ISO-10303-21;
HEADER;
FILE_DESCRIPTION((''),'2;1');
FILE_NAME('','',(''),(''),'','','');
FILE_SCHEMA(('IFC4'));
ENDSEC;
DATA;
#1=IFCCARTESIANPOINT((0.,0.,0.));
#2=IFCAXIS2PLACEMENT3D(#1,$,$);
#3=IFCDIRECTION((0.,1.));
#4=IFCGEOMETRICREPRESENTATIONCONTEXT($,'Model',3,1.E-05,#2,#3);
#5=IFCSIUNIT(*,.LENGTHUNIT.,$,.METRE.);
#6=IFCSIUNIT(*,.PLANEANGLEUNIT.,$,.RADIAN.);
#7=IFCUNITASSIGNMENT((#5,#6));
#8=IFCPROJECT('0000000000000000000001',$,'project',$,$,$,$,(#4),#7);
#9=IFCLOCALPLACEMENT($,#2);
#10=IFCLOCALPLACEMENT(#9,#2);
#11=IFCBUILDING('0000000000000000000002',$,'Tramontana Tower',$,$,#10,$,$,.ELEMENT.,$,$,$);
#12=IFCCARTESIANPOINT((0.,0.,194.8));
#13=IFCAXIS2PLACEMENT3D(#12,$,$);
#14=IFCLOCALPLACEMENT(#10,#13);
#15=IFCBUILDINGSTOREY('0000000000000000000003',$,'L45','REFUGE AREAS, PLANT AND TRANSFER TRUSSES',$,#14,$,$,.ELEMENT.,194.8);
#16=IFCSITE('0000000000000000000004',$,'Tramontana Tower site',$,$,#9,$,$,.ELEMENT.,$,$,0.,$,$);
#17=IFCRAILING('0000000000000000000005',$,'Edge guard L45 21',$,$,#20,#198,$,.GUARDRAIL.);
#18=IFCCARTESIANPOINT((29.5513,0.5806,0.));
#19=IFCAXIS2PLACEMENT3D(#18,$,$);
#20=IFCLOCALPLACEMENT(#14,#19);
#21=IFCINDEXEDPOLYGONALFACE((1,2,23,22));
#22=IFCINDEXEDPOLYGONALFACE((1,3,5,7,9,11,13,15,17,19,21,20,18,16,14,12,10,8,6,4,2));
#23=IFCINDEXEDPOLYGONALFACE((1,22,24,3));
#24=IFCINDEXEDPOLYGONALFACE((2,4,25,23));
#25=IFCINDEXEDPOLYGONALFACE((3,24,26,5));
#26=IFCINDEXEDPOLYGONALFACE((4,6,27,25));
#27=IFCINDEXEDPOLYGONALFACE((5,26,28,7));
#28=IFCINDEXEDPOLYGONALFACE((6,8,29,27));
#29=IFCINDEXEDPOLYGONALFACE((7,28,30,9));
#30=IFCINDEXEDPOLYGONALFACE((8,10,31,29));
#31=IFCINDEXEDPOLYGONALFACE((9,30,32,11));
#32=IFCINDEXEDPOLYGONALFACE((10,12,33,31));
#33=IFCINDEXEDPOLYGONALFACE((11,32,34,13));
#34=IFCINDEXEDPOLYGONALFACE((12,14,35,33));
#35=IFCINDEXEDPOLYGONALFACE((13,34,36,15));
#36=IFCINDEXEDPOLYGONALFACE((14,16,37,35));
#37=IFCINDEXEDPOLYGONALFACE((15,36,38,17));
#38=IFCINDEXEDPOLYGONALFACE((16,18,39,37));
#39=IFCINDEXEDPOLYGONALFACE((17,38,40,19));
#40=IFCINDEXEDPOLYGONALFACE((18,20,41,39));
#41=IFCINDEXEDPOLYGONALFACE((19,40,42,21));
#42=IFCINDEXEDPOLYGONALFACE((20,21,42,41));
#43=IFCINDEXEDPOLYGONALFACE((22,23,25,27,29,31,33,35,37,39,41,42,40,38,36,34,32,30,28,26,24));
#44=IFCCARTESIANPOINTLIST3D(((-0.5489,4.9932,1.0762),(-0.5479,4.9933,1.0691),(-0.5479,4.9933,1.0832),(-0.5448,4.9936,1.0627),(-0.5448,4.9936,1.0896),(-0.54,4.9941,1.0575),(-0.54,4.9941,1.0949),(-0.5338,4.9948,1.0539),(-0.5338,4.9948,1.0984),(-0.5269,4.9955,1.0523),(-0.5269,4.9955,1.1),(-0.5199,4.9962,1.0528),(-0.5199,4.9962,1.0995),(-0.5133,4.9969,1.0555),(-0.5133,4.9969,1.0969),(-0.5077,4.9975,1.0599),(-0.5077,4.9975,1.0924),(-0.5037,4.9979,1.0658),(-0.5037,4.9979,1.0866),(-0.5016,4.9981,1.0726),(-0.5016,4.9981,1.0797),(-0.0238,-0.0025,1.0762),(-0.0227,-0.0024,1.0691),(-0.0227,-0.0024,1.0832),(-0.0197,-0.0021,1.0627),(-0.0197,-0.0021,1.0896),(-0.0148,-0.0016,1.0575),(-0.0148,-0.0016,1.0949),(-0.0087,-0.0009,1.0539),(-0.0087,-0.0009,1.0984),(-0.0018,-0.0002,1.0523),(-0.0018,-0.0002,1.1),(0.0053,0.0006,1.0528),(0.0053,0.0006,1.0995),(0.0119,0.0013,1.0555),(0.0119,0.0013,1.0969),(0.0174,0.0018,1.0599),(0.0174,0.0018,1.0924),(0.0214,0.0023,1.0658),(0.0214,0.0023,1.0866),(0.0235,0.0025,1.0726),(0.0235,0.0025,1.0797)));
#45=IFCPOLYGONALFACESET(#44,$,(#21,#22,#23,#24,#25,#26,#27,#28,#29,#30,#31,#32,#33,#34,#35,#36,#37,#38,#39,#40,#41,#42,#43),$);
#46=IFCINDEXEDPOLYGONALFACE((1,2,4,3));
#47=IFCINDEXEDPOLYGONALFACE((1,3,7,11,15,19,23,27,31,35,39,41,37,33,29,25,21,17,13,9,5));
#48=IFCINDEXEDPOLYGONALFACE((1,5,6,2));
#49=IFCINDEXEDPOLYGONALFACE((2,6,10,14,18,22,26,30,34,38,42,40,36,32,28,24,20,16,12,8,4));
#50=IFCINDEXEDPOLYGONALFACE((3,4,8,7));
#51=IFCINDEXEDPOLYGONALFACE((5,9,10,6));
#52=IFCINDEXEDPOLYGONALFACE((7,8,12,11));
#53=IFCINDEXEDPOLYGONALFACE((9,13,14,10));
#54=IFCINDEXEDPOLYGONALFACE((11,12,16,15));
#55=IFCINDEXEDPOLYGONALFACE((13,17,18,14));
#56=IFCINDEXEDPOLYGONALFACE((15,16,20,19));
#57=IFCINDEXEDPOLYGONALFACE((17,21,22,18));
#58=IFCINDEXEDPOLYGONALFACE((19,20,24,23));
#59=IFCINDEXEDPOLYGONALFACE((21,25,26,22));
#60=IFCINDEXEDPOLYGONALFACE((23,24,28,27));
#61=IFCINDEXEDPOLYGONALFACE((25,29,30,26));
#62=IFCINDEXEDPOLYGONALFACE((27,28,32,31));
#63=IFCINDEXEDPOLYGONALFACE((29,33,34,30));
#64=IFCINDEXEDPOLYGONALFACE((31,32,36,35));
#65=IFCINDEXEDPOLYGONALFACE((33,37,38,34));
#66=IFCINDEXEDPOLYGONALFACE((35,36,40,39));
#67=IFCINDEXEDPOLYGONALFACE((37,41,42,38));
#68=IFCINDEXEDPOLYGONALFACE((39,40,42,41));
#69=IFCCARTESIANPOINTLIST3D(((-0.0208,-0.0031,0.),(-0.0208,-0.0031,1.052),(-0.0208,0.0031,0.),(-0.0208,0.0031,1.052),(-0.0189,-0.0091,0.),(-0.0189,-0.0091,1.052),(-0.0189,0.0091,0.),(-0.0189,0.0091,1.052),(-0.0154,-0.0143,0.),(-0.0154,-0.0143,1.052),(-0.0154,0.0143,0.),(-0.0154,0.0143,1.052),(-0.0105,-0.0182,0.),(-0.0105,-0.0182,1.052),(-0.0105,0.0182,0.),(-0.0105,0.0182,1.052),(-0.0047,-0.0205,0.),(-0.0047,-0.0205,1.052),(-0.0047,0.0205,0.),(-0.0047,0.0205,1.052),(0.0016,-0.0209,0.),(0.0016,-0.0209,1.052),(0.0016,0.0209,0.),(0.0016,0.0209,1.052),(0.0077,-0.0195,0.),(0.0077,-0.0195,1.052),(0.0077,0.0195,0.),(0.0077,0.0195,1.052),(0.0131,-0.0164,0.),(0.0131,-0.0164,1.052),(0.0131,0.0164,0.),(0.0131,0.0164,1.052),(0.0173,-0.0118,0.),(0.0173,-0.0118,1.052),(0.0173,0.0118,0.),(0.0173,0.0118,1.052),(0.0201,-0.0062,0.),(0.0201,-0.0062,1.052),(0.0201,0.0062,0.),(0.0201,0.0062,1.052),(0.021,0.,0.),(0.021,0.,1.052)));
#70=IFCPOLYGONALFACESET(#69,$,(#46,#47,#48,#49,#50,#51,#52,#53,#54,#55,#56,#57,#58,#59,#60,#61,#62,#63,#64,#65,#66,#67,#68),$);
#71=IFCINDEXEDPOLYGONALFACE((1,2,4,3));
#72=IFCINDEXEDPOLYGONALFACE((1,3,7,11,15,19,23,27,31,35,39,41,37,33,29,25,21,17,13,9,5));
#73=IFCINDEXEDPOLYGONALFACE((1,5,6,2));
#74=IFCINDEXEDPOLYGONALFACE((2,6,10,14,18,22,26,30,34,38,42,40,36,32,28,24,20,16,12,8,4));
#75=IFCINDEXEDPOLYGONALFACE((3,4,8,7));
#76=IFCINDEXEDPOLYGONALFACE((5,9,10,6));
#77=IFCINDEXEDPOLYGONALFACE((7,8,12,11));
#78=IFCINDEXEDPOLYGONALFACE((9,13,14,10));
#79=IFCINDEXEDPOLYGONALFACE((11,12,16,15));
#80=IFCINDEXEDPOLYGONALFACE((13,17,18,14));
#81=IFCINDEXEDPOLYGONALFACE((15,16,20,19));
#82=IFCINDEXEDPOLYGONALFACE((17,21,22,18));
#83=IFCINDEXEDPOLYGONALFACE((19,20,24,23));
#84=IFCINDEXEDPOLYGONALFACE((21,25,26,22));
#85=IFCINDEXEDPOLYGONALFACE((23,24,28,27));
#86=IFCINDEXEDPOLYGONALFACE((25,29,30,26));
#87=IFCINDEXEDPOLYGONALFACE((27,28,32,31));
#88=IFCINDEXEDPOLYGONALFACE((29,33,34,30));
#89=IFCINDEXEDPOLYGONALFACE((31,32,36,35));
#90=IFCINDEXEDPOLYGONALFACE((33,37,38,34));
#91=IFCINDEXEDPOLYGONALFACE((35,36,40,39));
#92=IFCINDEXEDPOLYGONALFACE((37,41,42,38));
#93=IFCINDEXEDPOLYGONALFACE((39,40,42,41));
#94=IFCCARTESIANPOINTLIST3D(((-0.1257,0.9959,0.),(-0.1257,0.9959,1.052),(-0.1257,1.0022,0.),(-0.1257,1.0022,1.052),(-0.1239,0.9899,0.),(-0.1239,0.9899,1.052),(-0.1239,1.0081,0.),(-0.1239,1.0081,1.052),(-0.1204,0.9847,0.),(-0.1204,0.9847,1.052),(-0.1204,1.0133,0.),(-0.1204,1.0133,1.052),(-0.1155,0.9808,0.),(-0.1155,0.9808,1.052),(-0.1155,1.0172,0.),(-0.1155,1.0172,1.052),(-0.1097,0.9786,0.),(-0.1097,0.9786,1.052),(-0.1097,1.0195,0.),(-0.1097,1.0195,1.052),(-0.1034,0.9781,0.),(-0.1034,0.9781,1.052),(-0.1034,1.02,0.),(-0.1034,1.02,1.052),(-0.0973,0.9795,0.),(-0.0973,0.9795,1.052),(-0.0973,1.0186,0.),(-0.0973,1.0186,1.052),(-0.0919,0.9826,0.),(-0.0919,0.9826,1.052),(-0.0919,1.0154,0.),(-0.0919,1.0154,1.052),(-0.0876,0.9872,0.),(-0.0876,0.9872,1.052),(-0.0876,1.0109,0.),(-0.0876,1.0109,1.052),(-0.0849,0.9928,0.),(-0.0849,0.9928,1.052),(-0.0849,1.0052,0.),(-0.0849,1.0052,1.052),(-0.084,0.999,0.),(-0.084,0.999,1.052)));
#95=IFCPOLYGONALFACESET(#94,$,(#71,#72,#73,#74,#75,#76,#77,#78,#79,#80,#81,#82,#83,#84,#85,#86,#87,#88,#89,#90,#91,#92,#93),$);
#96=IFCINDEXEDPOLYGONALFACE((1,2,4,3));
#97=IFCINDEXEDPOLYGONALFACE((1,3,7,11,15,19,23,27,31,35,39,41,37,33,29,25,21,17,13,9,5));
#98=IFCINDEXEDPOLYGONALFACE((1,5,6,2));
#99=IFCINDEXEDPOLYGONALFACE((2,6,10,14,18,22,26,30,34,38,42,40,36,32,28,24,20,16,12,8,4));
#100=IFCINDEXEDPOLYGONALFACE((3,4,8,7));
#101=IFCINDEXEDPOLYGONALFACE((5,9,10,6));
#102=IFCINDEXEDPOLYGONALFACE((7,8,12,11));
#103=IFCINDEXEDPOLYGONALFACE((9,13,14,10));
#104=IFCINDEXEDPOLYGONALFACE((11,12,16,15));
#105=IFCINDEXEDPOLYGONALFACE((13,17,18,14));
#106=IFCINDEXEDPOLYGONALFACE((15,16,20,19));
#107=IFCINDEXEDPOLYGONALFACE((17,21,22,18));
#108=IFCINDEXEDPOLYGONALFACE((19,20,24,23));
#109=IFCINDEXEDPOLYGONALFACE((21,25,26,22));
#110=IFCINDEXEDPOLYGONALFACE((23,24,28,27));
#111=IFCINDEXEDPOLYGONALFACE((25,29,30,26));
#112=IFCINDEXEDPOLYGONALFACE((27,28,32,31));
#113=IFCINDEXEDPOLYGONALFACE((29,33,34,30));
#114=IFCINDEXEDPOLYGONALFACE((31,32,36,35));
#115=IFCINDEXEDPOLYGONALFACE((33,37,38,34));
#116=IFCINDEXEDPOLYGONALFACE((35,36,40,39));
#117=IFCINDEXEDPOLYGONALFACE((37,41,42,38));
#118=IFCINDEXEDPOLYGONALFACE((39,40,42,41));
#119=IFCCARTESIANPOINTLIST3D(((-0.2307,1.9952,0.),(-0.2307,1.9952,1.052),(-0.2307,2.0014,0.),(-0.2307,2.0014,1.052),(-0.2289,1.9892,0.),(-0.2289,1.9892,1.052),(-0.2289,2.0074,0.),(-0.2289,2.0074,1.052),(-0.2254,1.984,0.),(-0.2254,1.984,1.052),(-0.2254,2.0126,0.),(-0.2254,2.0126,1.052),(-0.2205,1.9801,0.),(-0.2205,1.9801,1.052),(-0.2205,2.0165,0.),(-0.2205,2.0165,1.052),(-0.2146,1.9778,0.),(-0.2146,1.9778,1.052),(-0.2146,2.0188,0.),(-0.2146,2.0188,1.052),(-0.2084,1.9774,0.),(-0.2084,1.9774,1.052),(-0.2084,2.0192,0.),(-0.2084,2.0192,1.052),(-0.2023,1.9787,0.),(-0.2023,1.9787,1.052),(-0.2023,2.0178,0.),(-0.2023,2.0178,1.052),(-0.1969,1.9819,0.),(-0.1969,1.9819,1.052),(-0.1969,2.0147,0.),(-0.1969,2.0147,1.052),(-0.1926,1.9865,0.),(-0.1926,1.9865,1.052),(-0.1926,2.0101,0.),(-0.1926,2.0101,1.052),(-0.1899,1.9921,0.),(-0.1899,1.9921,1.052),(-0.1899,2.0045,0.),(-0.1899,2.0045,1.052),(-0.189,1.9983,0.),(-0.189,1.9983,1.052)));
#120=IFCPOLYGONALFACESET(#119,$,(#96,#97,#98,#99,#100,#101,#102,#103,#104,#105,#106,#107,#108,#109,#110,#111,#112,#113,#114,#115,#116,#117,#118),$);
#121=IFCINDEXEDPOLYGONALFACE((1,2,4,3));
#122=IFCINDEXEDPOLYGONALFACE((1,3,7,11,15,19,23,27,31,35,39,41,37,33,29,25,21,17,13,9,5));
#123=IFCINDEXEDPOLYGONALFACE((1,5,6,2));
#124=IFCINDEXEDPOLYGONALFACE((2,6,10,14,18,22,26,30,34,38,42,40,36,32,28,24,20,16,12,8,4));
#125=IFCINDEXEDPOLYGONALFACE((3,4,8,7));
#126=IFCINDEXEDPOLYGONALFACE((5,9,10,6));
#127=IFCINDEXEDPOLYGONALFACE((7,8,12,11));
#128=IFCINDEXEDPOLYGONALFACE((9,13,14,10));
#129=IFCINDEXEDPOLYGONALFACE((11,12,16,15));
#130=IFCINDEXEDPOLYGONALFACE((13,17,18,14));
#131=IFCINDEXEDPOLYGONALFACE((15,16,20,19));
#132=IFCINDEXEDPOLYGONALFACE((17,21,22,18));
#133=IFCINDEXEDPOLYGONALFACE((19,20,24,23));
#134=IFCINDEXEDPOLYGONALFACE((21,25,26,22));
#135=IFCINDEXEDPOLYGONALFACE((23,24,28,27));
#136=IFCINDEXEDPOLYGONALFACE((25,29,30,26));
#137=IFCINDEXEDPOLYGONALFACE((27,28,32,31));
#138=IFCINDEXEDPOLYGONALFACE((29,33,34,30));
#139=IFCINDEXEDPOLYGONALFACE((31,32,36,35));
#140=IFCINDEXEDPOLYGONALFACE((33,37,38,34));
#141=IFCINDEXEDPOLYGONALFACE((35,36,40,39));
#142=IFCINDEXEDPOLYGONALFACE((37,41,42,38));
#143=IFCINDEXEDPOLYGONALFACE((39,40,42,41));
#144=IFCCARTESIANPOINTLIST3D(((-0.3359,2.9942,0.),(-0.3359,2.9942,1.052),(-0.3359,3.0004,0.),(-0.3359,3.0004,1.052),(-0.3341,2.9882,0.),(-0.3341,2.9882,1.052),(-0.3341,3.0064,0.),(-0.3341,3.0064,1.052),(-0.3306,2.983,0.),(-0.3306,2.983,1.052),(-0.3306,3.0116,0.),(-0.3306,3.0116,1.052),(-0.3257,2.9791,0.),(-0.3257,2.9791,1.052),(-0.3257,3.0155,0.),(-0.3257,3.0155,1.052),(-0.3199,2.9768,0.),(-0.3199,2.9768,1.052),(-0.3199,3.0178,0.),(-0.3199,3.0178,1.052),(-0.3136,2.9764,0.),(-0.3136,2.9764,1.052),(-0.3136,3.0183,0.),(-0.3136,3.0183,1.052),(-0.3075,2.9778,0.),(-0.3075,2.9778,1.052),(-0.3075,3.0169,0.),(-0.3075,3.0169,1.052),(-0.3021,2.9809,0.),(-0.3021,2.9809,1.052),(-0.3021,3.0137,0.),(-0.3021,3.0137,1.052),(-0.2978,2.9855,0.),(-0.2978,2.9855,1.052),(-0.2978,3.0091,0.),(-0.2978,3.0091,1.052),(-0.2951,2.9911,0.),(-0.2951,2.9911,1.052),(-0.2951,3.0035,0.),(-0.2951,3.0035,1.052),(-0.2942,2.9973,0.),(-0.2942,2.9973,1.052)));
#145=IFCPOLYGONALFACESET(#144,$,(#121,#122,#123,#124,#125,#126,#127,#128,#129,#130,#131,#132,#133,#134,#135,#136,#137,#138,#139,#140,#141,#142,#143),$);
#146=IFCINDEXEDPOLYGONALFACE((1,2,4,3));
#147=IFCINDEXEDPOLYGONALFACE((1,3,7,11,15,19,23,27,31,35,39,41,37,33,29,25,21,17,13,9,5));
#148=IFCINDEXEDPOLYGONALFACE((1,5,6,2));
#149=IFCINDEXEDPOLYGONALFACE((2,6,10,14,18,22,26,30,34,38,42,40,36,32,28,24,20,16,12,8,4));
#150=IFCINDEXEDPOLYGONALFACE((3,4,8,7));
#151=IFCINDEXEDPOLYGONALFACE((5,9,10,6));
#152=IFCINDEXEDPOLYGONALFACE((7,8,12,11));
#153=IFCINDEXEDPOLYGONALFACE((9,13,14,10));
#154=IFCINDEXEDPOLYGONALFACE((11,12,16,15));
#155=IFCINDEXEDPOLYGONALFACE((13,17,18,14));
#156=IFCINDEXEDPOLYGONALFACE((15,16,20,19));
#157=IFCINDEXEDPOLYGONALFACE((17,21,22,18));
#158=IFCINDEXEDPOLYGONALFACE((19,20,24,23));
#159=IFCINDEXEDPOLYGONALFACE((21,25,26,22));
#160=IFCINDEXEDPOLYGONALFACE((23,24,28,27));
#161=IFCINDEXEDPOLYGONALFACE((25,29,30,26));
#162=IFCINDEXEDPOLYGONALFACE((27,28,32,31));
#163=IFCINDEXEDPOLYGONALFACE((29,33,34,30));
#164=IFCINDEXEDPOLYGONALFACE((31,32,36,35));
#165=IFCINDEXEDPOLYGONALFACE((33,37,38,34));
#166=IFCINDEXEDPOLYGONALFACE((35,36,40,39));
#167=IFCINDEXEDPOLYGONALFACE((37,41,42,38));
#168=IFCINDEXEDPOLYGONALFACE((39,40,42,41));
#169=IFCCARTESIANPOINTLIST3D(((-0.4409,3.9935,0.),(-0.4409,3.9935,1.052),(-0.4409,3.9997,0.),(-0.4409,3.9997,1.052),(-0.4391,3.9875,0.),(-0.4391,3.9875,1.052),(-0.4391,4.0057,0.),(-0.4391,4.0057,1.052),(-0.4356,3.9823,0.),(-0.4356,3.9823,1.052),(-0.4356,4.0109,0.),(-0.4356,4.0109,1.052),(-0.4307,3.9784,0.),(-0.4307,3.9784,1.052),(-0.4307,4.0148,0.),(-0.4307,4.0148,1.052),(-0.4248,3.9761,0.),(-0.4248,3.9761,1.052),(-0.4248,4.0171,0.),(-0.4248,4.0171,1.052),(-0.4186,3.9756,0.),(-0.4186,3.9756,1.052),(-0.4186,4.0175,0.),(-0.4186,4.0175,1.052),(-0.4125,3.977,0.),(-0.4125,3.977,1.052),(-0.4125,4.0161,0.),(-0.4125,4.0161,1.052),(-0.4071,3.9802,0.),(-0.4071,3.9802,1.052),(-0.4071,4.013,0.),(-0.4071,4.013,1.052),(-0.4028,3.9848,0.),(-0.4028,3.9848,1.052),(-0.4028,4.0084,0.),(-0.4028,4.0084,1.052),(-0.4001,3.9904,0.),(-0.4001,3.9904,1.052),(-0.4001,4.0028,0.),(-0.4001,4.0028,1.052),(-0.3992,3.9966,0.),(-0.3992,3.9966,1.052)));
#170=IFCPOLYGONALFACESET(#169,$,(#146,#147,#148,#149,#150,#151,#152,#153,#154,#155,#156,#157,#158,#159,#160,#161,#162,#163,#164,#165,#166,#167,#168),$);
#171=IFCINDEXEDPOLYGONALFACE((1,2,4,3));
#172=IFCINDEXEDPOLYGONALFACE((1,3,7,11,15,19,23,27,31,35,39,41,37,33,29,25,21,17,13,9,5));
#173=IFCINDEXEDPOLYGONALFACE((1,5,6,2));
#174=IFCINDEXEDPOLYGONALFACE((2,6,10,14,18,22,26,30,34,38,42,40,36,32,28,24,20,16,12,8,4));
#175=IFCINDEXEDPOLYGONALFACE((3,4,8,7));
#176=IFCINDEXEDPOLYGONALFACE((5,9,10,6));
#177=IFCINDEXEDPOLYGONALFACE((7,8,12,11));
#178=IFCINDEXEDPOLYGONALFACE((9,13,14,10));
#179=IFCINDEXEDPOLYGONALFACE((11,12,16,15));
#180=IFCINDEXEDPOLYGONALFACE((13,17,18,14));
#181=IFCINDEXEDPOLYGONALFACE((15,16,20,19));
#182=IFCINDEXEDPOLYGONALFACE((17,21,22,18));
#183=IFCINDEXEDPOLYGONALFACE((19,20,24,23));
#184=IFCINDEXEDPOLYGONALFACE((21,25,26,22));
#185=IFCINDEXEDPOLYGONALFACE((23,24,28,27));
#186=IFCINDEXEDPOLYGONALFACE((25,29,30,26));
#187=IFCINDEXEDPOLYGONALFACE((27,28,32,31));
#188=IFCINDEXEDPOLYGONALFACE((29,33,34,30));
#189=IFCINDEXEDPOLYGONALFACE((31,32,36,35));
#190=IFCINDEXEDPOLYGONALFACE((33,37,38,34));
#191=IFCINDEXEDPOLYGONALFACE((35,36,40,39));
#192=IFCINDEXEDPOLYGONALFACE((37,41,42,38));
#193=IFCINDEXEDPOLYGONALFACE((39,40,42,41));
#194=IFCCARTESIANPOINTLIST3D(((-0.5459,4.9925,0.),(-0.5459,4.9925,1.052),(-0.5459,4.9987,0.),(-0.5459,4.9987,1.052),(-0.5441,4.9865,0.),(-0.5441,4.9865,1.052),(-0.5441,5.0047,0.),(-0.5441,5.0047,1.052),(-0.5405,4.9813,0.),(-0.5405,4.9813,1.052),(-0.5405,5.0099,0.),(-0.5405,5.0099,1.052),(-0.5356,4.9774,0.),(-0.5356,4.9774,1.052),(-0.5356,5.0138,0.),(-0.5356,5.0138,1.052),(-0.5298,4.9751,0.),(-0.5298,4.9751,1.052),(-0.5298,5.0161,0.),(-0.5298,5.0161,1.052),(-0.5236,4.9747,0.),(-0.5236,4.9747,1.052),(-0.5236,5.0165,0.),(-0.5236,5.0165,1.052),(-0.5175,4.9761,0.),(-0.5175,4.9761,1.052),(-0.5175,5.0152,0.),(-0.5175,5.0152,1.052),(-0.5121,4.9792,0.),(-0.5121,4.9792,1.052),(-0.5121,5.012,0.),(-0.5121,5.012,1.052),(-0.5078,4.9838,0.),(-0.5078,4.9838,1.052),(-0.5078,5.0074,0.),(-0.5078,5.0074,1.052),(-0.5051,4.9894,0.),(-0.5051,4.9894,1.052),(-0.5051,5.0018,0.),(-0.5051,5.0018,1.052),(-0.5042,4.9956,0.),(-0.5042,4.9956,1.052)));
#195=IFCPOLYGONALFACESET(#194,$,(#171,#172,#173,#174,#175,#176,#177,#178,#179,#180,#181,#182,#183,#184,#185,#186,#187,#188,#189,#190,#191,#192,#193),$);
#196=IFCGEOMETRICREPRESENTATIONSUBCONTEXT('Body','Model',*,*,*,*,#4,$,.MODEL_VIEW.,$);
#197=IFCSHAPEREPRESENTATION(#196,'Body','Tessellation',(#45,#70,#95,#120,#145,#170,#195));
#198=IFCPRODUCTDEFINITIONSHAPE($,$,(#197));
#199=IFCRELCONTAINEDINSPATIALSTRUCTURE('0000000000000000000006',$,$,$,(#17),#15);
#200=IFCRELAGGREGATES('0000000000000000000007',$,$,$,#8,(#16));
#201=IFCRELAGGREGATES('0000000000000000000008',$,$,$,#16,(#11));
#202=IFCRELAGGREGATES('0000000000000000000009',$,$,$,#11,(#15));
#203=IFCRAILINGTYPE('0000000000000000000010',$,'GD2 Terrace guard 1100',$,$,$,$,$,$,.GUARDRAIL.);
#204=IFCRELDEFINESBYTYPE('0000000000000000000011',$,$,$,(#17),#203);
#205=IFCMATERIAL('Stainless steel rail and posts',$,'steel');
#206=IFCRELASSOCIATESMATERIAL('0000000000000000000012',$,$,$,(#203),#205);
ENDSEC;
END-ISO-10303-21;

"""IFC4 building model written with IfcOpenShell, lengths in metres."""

from ifc_helpers import new_model, si_unit, direction, frame, origin, origin_2d, place, context, subcontext, project, spatial, circle, extrude, material, type_object, element, save


model = new_model("IFC4")

# Units and contexts
model_context = context("Model", 3, precision=1e-05, world=origin(), true_north=direction((0.0, 1.0)))
body_context = subcontext(model_context, "Body", "Model", "MODEL_VIEW")
ifc_project = project(units=[si_unit("LENGTHUNIT", "METRE"), si_unit("PLANEANGLEUNIT", "RADIAN")], contexts=[model_context])

# Site, building, storey
site_placement = place(None, origin())
site = spatial("IfcSite", under=ifc_project, at=site_placement, Name="Tramontana Tower site", CompositionType="ELEMENT", RefElevation=0.0)
building_placement = place(site_placement, origin())
building = spatial("IfcBuilding", under=site, at=building_placement, Name="Tramontana Tower", CompositionType="ELEMENT")
storey_placement = place(building_placement, frame((0.0, 0.0, 194.8)))
storey = spatial("IfcBuildingStorey", under=building, at=storey_placement, Name="L45", Description="REFUGE AREAS, PLANT AND TRANSFER TRUSSES", CompositionType="ELEMENT", Elevation=194.8)

# Railing
ifc_material_1 = material(Name="Stainless steel rail and posts", Category="steel")
railing_type = type_object("IfcRailingType", Name="GD2 Terrace guard 1100", PredefinedType="GUARDRAIL", material=ifc_material_1)
railing_1_placement = place(storey_placement, frame((29.5513, 0.5806, 0.0)))
element("IfcRailing", 1, at=railing_1_placement, inside=storey, type_object=railing_type, Name="Edge guard L45 21", PredefinedType="GUARDRAIL", context=body_context, shape_type="SweptSolid", body=[
    extrude(circle(Radius=0.0239, at=origin_2d()), frame((0.0, 0.0, 1.0762), z_axis=(-0.104546, 0.99452, 0.0), x_axis=(-0.99452, -0.104546, 0.0)), (0.0, 0.0, 1.0), 5.0232),
    extrude(circle(Radius=0.021, at=origin_2d()), origin(), (0.0, 0.0, 1.0), 1.052),
    extrude(circle(Radius=0.021, at=origin_2d()), frame((-0.105, 0.999, 0.0)), (0.0, 0.0, 1.0), 1.052),
    extrude(circle(Radius=0.021, at=origin_2d()), frame((-0.21, 1.9983, 0.0)), (0.0, 0.0, 1.0), 1.052),
    extrude(circle(Radius=0.021, at=origin_2d()), frame((-0.3152, 2.9973, 0.0)), (0.0, 0.0, 1.0), 1.052),
    extrude(circle(Radius=0.021, at=origin_2d()), frame((-0.4202, 3.9966, 0.0)), (0.0, 0.0, 1.0), 1.052),
    extrude(circle(Radius=0.021, at=origin_2d()), frame((-0.5251, 4.9956, 0.0)), (0.0, 0.0, 1.0), 1.052),
])

save(model, "model.ifc")
